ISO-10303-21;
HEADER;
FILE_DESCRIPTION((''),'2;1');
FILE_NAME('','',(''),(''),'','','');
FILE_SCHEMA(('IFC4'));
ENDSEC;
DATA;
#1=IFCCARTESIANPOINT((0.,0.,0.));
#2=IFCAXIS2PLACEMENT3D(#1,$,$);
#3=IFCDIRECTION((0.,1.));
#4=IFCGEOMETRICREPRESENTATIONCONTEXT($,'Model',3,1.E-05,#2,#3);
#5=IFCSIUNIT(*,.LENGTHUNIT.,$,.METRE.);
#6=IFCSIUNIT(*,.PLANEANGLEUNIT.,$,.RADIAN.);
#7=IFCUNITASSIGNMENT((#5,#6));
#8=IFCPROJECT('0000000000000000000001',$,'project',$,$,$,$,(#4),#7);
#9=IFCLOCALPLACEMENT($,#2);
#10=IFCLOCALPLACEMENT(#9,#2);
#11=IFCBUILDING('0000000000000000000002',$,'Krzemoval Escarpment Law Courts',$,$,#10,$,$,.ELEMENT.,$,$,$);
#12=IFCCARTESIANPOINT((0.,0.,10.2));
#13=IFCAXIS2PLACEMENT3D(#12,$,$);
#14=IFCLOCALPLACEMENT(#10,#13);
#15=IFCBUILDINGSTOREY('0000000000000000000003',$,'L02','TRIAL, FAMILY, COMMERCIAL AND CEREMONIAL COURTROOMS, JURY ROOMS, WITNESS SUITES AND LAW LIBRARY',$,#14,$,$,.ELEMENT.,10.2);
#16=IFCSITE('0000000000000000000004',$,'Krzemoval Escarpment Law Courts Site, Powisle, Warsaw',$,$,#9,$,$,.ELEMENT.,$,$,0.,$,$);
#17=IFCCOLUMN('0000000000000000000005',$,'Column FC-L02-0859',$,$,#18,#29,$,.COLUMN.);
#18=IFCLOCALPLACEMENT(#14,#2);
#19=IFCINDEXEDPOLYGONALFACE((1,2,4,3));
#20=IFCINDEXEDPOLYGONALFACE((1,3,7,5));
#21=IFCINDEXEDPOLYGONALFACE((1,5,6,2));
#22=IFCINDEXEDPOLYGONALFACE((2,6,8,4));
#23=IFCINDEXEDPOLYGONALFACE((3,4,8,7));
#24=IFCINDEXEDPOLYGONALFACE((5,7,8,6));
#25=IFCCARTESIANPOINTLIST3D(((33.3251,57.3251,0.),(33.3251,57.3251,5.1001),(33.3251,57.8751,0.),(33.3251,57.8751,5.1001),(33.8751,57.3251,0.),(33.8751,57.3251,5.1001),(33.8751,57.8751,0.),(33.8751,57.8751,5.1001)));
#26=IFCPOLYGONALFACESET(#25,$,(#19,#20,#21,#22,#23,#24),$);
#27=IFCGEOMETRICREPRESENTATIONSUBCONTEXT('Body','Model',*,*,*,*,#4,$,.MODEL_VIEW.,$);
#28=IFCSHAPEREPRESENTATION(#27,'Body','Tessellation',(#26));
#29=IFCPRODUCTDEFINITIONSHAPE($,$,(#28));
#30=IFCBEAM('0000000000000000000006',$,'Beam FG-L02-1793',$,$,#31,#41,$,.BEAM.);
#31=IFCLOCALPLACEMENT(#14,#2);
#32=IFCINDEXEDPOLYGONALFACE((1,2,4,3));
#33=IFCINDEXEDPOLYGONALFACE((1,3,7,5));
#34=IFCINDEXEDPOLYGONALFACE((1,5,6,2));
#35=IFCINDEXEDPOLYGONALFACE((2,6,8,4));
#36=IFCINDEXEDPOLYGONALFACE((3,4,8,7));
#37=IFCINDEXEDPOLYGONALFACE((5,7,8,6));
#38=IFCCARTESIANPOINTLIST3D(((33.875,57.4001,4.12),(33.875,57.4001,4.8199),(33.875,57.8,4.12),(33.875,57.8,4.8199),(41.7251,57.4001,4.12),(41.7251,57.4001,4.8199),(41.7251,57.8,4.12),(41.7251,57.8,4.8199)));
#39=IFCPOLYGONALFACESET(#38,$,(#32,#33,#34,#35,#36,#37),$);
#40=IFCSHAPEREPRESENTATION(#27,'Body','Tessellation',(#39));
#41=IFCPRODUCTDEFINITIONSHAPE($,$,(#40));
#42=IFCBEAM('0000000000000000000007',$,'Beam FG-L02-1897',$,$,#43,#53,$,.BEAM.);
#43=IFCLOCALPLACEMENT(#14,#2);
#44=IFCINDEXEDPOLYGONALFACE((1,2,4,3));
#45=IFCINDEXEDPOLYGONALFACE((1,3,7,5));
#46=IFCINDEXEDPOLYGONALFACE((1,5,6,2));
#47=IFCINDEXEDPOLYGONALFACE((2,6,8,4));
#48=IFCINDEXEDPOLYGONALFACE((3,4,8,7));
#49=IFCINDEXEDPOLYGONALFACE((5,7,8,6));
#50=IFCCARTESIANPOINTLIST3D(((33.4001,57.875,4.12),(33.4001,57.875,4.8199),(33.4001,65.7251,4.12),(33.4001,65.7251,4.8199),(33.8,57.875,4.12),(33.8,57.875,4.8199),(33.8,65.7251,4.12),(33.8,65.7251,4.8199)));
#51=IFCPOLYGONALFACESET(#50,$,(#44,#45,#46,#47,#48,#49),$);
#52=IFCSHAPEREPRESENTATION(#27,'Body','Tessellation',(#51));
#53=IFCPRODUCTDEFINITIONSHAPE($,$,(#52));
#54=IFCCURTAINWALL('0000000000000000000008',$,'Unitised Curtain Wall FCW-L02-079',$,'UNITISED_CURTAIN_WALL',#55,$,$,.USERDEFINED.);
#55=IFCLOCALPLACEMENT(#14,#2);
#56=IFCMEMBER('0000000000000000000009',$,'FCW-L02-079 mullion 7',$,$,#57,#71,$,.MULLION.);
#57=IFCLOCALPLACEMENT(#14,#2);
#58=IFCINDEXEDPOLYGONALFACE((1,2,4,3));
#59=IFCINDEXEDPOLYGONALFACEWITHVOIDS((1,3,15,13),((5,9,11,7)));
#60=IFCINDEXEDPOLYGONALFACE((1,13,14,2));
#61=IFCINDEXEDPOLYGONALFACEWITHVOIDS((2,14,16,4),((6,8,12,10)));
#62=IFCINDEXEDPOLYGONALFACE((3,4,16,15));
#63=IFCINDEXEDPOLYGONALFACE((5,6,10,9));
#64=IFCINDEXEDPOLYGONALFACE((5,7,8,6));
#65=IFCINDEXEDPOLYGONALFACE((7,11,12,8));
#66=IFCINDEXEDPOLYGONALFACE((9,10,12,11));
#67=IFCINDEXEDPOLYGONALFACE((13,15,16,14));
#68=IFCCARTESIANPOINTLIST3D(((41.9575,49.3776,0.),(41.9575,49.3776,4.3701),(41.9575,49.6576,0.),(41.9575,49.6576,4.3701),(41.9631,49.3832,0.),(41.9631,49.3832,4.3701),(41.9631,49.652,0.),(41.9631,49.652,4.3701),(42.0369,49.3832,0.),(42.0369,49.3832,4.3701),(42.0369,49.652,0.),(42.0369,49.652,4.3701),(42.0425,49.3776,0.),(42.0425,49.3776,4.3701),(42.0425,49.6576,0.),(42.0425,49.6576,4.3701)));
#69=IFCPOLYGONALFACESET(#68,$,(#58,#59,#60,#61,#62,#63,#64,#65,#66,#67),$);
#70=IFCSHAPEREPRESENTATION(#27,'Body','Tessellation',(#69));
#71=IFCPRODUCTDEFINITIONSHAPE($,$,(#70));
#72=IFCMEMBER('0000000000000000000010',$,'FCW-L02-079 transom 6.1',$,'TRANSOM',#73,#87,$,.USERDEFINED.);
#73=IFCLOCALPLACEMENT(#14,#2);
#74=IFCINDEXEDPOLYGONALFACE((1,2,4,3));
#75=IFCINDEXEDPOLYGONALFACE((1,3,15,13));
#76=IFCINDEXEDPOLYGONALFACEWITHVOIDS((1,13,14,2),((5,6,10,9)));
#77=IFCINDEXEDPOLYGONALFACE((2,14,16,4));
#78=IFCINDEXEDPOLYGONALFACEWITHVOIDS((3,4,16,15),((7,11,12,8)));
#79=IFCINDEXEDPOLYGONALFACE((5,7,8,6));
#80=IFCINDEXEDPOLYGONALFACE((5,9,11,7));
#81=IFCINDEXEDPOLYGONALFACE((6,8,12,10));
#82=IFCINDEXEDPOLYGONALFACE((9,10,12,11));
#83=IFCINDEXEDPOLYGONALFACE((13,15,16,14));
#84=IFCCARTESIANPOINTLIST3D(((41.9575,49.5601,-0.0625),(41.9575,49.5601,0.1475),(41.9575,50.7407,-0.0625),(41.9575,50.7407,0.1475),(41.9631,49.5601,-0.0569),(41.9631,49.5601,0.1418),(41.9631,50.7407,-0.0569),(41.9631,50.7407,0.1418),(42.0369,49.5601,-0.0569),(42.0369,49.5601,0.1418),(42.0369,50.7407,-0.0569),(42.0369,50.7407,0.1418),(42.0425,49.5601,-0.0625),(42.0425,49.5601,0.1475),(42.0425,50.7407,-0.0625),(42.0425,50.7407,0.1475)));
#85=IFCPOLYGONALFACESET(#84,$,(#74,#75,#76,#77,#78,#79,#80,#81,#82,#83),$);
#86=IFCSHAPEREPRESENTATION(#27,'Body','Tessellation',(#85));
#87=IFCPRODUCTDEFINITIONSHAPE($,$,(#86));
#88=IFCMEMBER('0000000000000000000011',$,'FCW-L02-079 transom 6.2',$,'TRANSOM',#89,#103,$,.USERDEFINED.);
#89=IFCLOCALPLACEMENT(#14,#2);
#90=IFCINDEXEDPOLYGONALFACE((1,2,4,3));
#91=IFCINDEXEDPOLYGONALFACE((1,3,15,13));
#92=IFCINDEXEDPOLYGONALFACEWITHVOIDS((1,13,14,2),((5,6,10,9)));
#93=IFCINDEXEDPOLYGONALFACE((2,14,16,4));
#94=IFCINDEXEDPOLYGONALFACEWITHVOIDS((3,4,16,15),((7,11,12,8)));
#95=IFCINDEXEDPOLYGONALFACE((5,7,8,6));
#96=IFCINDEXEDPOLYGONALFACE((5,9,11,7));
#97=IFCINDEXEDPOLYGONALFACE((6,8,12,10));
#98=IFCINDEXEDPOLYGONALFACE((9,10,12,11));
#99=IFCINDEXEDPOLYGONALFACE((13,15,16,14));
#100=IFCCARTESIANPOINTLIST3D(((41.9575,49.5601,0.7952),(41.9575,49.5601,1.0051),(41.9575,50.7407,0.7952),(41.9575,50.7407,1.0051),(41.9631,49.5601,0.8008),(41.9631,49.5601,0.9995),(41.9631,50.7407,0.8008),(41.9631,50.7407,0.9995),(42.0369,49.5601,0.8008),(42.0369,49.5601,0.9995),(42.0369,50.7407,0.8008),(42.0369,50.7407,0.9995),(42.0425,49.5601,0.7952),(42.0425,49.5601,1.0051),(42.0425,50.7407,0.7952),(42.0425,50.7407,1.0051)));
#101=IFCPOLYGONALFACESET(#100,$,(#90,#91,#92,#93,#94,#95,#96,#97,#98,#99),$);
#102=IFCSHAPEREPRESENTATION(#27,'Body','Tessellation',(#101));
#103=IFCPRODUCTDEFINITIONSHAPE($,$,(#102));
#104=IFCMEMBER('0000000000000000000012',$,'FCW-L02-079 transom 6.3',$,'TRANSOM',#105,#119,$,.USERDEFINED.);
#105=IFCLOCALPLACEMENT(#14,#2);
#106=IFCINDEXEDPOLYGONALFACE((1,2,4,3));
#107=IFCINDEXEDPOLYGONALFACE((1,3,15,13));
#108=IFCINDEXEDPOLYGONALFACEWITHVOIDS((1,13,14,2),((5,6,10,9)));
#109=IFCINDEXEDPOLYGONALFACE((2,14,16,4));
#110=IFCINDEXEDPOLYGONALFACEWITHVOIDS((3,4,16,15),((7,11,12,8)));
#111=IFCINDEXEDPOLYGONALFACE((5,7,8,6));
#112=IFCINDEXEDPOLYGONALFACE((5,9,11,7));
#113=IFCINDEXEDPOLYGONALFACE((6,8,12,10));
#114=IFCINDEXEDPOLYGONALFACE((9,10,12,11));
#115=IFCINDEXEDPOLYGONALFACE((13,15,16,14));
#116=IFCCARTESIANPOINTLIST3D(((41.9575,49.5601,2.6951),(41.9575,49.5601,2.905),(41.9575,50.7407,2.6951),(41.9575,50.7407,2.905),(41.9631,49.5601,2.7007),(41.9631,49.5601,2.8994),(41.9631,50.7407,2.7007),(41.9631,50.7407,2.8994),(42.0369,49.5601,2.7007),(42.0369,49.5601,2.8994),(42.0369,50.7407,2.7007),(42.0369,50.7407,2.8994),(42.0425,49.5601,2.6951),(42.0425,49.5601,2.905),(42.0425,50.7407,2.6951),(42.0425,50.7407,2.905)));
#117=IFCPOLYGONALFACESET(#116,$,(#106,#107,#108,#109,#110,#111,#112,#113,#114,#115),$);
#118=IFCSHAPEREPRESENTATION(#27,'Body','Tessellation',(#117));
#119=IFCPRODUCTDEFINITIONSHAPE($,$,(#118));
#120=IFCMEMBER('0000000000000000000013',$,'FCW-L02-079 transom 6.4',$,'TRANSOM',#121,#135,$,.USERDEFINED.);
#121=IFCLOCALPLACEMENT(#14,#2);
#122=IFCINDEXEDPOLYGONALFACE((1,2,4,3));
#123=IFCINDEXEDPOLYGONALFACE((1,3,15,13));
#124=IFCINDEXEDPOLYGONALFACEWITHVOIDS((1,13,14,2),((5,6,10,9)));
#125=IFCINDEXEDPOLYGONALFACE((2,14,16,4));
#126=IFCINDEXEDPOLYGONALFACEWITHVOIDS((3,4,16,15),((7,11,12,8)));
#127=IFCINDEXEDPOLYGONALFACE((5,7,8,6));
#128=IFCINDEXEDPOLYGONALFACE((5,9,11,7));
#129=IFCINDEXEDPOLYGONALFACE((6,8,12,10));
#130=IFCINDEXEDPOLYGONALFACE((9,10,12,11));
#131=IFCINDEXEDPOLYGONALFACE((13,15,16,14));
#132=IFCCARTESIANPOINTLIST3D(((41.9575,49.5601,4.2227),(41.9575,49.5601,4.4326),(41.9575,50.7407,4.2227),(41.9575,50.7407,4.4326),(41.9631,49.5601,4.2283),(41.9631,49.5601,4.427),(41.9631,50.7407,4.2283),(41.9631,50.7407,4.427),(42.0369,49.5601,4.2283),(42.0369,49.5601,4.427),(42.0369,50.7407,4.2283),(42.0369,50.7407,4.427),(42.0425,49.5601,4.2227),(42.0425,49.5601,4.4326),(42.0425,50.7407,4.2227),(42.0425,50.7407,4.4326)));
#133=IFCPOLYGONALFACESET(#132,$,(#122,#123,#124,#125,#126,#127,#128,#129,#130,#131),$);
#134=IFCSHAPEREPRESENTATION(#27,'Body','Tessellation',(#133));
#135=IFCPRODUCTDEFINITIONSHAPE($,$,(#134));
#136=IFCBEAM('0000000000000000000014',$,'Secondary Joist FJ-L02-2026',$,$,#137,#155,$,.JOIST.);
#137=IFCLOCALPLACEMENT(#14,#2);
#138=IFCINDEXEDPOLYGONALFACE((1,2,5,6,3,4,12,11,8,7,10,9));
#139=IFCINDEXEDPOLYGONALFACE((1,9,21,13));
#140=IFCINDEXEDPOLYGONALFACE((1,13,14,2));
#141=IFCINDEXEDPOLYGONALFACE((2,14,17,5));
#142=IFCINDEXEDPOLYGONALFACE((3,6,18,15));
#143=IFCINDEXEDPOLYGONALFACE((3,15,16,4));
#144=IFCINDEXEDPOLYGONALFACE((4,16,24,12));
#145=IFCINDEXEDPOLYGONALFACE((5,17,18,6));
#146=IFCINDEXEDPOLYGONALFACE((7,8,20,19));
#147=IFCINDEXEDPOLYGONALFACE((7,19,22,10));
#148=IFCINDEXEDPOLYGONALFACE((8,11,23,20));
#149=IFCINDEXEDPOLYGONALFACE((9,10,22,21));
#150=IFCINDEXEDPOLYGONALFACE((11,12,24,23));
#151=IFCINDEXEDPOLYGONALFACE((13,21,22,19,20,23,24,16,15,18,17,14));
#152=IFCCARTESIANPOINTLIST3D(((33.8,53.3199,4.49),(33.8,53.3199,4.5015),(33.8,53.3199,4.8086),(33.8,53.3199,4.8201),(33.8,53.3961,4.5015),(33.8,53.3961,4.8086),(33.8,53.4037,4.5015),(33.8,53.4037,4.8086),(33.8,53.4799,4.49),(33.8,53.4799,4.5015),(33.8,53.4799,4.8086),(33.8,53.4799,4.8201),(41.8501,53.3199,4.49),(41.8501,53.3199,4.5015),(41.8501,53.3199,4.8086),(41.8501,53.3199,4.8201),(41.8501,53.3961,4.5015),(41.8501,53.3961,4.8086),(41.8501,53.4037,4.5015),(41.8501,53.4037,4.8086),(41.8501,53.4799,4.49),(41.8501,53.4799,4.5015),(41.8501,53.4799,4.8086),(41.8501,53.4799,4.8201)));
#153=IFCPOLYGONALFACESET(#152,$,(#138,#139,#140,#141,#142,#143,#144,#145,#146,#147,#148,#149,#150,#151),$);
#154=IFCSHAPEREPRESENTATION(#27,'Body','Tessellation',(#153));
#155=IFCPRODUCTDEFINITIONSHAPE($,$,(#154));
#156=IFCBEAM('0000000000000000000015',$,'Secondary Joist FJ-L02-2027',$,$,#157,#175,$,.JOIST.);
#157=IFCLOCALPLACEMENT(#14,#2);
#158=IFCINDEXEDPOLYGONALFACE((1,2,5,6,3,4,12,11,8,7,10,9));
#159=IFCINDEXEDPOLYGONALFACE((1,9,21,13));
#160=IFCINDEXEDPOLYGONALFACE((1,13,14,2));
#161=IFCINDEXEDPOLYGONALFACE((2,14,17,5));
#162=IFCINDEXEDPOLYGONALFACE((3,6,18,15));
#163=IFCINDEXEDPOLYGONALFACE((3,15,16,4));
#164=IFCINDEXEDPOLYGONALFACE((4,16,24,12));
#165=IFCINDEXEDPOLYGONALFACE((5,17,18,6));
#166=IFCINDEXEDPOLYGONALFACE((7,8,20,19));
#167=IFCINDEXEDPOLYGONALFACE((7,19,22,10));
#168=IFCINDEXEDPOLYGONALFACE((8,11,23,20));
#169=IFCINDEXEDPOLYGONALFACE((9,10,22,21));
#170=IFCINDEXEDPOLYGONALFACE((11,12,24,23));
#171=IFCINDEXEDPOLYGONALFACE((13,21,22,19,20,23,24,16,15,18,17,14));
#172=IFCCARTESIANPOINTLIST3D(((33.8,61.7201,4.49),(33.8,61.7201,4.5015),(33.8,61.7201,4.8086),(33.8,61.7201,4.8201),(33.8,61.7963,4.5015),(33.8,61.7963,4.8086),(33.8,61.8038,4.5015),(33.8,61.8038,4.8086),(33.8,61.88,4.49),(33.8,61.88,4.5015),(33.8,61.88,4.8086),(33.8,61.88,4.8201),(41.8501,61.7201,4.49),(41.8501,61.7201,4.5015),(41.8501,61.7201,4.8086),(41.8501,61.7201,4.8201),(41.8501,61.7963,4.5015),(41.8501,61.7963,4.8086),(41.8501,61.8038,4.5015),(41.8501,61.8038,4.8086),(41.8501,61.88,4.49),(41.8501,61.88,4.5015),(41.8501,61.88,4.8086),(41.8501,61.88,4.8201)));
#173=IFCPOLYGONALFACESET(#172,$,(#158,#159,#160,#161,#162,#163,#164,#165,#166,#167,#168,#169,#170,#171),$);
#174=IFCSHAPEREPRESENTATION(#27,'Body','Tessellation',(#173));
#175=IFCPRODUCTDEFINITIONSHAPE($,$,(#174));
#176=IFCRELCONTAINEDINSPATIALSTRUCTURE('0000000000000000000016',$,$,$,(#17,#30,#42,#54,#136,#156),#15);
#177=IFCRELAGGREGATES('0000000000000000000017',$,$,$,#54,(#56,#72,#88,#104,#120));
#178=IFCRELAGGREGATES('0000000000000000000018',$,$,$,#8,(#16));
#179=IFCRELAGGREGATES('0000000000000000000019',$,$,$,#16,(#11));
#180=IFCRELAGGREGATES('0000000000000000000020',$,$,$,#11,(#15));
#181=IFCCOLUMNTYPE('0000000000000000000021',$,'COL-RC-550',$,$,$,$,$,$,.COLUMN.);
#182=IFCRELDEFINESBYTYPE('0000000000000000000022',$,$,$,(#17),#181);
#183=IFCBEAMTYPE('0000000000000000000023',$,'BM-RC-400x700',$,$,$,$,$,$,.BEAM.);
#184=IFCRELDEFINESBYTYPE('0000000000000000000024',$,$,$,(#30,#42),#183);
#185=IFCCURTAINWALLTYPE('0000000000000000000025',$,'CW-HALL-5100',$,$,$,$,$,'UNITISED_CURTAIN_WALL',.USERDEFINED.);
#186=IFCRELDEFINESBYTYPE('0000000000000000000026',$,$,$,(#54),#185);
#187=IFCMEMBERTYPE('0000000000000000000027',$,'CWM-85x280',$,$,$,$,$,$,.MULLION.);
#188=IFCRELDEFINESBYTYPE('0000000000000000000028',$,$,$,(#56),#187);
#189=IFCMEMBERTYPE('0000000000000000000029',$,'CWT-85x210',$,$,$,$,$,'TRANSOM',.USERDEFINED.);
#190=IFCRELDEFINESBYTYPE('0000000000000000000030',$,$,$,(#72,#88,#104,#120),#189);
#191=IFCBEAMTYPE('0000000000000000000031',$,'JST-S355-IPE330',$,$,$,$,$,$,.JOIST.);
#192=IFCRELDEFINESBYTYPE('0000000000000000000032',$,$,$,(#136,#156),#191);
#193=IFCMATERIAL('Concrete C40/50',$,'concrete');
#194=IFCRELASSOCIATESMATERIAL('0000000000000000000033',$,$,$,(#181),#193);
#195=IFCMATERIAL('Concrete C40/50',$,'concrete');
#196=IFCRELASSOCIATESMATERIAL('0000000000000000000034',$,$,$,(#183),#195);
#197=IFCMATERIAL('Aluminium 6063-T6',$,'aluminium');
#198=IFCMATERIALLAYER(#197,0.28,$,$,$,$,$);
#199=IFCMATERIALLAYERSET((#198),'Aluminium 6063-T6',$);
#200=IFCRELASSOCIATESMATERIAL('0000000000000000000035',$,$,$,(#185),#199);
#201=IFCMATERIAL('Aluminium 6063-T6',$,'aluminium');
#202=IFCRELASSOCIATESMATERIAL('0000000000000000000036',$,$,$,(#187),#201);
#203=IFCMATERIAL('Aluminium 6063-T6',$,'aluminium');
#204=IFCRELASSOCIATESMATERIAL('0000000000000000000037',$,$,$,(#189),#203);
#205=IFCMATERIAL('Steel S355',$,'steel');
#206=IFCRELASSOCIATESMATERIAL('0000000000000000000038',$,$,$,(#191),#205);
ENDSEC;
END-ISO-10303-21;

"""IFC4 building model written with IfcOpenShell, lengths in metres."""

from ifc_helpers import new_model, si_unit, direction, frame, origin, origin_2d, place, context, subcontext, project, spatial, rectangle, hollow_rectangle, i_section, extrude, material, layer, layer_set, material_profile, profile_set, type_object, element, aggregate, save


model = new_model("IFC4")

# Units and contexts
model_context = context("Model", 3, precision=1e-05, world=origin(), true_north=direction((0.0, 1.0)))
body_context = subcontext(model_context, "Body", "Model", "MODEL_VIEW")
ifc_project = project(units=[si_unit("LENGTHUNIT", "METRE"), si_unit("PLANEANGLEUNIT", "RADIAN")], contexts=[model_context])

# Site, building, storey
site_placement = place(None, origin())
site = spatial("IfcSite", under=ifc_project, at=site_placement, Name="Krzemoval Escarpment Law Courts Site, Powisle, Warsaw", CompositionType="ELEMENT", RefElevation=0.0)
building_placement = place(site_placement, origin())
building = spatial("IfcBuilding", under=site, at=building_placement, Name="Krzemoval Escarpment Law Courts", CompositionType="ELEMENT")
storey_placement = place(building_placement, frame((0.0, 0.0, 10.2)))
storey = spatial("IfcBuildingStorey", under=building, at=storey_placement, Name="L02", Description="TRIAL, FAMILY, COMMERCIAL AND CEREMONIAL COURTROOMS, JURY ROOMS, WITNESS SUITES AND LAW LIBRARY", CompositionType="ELEMENT", Elevation=10.2)

# Column
ifc_material_1 = material(Name="Concrete C40/50", Category="concrete")
ifc_material_profile_1 = material_profile(ifc_material_1, rectangle(XDim=0.55, YDim=0.55, at=origin_2d()), Name="RC 550x550")
ifc_profile_set_1 = profile_set([ifc_material_profile_1], Name="Concrete C40/50")
column_type = type_object("IfcColumnType", Name="COL-RC-550", PredefinedType="COLUMN", material=ifc_profile_set_1)
column_placement = place(storey_placement, frame((33.6001, 57.6001, 0.0), z_axis=(0.0, 0.0, 1.0), x_axis=(1.0, 0.0, 0.0)))
element("IfcColumn", 1, at=column_placement, inside=storey, type_object=column_type, Name="Column FC-L02-0859", PredefinedType="COLUMN", context=body_context, shape_type="SweptSolid", body=[
    extrude(rectangle(XDim=0.55, YDim=0.55, at=origin_2d()), origin(), (0.0, 0.0, 1.0), 5.1001),
])

# Beams
ifc_material_2 = material(Name="Concrete C40/50", Category="concrete")
ifc_material_profile_2 = material_profile(ifc_material_2, rectangle(XDim=0.3999, YDim=0.7, at=origin_2d()), Name="RCB 400x700")
ifc_profile_set_2 = profile_set([ifc_material_profile_2], Name="Concrete C40/50")
beam_type_1 = type_object("IfcBeamType", Name="BM-RC-400x700", PredefinedType="BEAM", material=ifc_profile_set_2)
for number, where, z_axis, x_axis, name in (
    (2, (33.875, 57.6001, 4.47), (1.0, 0.0, 0.0), (0.0, 1.0, 0.0), "Beam FG-L02-1793"),
    (3, (33.6001, 57.875, 4.47), (0.0, 1.0, 0.0), (-1.0, 0.0, 0.0), "Beam FG-L02-1897"),
):
    element("IfcBeam", number, at=place(storey_placement, frame(where, z_axis=z_axis, x_axis=x_axis)), inside=storey, type_object=beam_type_1, Name=name, PredefinedType="BEAM", context=body_context, shape_type="SweptSolid", body=[
        extrude(rectangle(XDim=0.3999, YDim=0.7, at=origin_2d()), origin(), (0.0, 0.0, 1.0), 7.8501),
    ])

# Curtain wall, members
ifc_material_3 = material(Name="Aluminium 6063-T6", Category="aluminium")
ifc_layer_1 = layer(ifc_material_3, 0.28)
ifc_layer_set_1 = layer_set([ifc_layer_1], Name="Aluminium 6063-T6")
curtain_wall_type = type_object("IfcCurtainWallType", Name="CW-HALL-5100", ElementType="UNITISED_CURTAIN_WALL", PredefinedType="USERDEFINED", material=ifc_layer_set_1)
curtain_wall_placement = place(storey_placement, origin())
curtain_wall = element("IfcCurtainWall", 4, at=curtain_wall_placement, inside=storey, type_object=curtain_wall_type, Name="Unitised Curtain Wall FCW-L02-079", ObjectType="UNITISED_CURTAIN_WALL", PredefinedType="USERDEFINED")
ifc_material_4 = material(Name="Aluminium 6063-T6", Category="aluminium")
ifc_material_profile_3 = material_profile(ifc_material_4, hollow_rectangle(XDim=0.085, YDim=0.28, WallThickness=0.0056, at=origin_2d()), Name="ALU M85x280")
ifc_profile_set_3 = profile_set([ifc_material_profile_3], Name="Aluminium 6063-T6")
member_type_1 = type_object("IfcMemberType", Name="CWM-85x280", PredefinedType="MULLION", material=ifc_profile_set_3)
member_1_placement = place(storey_placement, frame((42.0, 49.5176, 0.0), z_axis=(0.0, 0.0, 1.0), x_axis=(1.0, 0.0, 0.0)))
member_1 = element("IfcMember", 5, at=member_1_placement, type_object=member_type_1, Name="FCW-L02-079 mullion 7", PredefinedType="MULLION", context=body_context, shape_type="SweptSolid", body=[
    extrude(hollow_rectangle(XDim=0.085, YDim=0.28, WallThickness=0.0056, at=origin_2d()), origin(), (0.0, 0.0, 1.0), 4.3701),
])
ifc_material_5 = material(Name="Aluminium 6063-T6", Category="aluminium")
ifc_material_profile_4 = material_profile(ifc_material_5, hollow_rectangle(XDim=0.085, YDim=0.21, WallThickness=0.0056, at=origin_2d()), Name="ALU T85x210")
ifc_profile_set_4 = profile_set([ifc_material_profile_4], Name="Aluminium 6063-T6")
member_type_2 = type_object("IfcMemberType", Name="CWT-85x210", ElementType="TRANSOM", PredefinedType="USERDEFINED", material=ifc_profile_set_4)
member_2_placement = place(storey_placement, frame((42.0, 50.7407, 0.0425), z_axis=(0.0, -1.0, 0.0), x_axis=(1.0, 0.0, 0.0)))
member_2 = element("IfcMember", 6, at=member_2_placement, type_object=member_type_2, Name="FCW-L02-079 transom 6.1", ObjectType="TRANSOM", PredefinedType="USERDEFINED", context=body_context, shape_type="SweptSolid", body=[
    extrude(hollow_rectangle(XDim=0.085, YDim=0.21, WallThickness=0.0056, at=origin_2d()), origin(), (0.0, 0.0, 1.0), 1.1807),
])
member_3_placement = place(storey_placement, frame((42.0, 50.7407, 0.9001), z_axis=(0.0, -1.0, 0.0), x_axis=(1.0, 0.0, 0.0)))
member_3 = element("IfcMember", 7, at=member_3_placement, type_object=member_type_2, Name="FCW-L02-079 transom 6.2", ObjectType="TRANSOM", PredefinedType="USERDEFINED", context=body_context, shape_type="SweptSolid", body=[
    extrude(hollow_rectangle(XDim=0.085, YDim=0.21, WallThickness=0.0056, at=origin_2d()), origin(), (0.0, 0.0, 1.0), 1.1807),
])
member_4_placement = place(storey_placement, frame((42.0, 50.7407, 2.8), z_axis=(0.0, -1.0, 0.0), x_axis=(1.0, 0.0, 0.0)))
member_4 = element("IfcMember", 8, at=member_4_placement, type_object=member_type_2, Name="FCW-L02-079 transom 6.3", ObjectType="TRANSOM", PredefinedType="USERDEFINED", context=body_context, shape_type="SweptSolid", body=[
    extrude(hollow_rectangle(XDim=0.085, YDim=0.21, WallThickness=0.0056, at=origin_2d()), origin(), (0.0, 0.0, 1.0), 1.1807),
])
member_5_placement = place(storey_placement, frame((42.0, 50.7407, 4.3276), z_axis=(0.0, -1.0, 0.0), x_axis=(1.0, 0.0, 0.0)))
member_5 = element("IfcMember", 9, at=member_5_placement, type_object=member_type_2, Name="FCW-L02-079 transom 6.4", ObjectType="TRANSOM", PredefinedType="USERDEFINED", context=body_context, shape_type="SweptSolid", body=[
    extrude(hollow_rectangle(XDim=0.085, YDim=0.21, WallThickness=0.0056, at=origin_2d()), origin(), (0.0, 0.0, 1.0), 1.1807),
])

# Beams
ifc_material_6 = material(Name="Steel S355", Category="steel")
ifc_material_profile_5 = material_profile(ifc_material_6, i_section(OverallWidth=0.1599, OverallDepth=0.3301, WebThickness=0.0076, FlangeThickness=0.0115, at=origin_2d()), Name="IPE 330")
ifc_profile_set_5 = profile_set([ifc_material_profile_5], Name="Steel S355")
beam_type_2 = type_object("IfcBeamType", Name="JST-S355-IPE330", PredefinedType="JOIST", material=ifc_profile_set_5)
for number, where, z_axis, x_axis, name in (
    (10, (33.8, 53.3999, 4.655), (1.0, 0.0, 0.0), (0.0, 1.0, 0.0), "Secondary Joist FJ-L02-2026"),
    (11, (33.8, 61.8, 4.655), (1.0, 0.0, 0.0), (0.0, 1.0, 0.0), "Secondary Joist FJ-L02-2027"),
):
    element("IfcBeam", number, at=place(storey_placement, frame(where, z_axis=z_axis, x_axis=x_axis)), inside=storey, type_object=beam_type_2, Name=name, PredefinedType="JOIST", context=body_context, shape_type="SweptSolid", body=[
        extrude(i_section(OverallWidth=0.1599, OverallDepth=0.3301, WebThickness=0.0076, FlangeThickness=0.0115, at=origin_2d()), origin(), (0.0, 0.0, 1.0), 8.05),
    ])

aggregate(curtain_wall, [member_1, member_2, member_3, member_4, member_5])

save(model, "model.ifc")
